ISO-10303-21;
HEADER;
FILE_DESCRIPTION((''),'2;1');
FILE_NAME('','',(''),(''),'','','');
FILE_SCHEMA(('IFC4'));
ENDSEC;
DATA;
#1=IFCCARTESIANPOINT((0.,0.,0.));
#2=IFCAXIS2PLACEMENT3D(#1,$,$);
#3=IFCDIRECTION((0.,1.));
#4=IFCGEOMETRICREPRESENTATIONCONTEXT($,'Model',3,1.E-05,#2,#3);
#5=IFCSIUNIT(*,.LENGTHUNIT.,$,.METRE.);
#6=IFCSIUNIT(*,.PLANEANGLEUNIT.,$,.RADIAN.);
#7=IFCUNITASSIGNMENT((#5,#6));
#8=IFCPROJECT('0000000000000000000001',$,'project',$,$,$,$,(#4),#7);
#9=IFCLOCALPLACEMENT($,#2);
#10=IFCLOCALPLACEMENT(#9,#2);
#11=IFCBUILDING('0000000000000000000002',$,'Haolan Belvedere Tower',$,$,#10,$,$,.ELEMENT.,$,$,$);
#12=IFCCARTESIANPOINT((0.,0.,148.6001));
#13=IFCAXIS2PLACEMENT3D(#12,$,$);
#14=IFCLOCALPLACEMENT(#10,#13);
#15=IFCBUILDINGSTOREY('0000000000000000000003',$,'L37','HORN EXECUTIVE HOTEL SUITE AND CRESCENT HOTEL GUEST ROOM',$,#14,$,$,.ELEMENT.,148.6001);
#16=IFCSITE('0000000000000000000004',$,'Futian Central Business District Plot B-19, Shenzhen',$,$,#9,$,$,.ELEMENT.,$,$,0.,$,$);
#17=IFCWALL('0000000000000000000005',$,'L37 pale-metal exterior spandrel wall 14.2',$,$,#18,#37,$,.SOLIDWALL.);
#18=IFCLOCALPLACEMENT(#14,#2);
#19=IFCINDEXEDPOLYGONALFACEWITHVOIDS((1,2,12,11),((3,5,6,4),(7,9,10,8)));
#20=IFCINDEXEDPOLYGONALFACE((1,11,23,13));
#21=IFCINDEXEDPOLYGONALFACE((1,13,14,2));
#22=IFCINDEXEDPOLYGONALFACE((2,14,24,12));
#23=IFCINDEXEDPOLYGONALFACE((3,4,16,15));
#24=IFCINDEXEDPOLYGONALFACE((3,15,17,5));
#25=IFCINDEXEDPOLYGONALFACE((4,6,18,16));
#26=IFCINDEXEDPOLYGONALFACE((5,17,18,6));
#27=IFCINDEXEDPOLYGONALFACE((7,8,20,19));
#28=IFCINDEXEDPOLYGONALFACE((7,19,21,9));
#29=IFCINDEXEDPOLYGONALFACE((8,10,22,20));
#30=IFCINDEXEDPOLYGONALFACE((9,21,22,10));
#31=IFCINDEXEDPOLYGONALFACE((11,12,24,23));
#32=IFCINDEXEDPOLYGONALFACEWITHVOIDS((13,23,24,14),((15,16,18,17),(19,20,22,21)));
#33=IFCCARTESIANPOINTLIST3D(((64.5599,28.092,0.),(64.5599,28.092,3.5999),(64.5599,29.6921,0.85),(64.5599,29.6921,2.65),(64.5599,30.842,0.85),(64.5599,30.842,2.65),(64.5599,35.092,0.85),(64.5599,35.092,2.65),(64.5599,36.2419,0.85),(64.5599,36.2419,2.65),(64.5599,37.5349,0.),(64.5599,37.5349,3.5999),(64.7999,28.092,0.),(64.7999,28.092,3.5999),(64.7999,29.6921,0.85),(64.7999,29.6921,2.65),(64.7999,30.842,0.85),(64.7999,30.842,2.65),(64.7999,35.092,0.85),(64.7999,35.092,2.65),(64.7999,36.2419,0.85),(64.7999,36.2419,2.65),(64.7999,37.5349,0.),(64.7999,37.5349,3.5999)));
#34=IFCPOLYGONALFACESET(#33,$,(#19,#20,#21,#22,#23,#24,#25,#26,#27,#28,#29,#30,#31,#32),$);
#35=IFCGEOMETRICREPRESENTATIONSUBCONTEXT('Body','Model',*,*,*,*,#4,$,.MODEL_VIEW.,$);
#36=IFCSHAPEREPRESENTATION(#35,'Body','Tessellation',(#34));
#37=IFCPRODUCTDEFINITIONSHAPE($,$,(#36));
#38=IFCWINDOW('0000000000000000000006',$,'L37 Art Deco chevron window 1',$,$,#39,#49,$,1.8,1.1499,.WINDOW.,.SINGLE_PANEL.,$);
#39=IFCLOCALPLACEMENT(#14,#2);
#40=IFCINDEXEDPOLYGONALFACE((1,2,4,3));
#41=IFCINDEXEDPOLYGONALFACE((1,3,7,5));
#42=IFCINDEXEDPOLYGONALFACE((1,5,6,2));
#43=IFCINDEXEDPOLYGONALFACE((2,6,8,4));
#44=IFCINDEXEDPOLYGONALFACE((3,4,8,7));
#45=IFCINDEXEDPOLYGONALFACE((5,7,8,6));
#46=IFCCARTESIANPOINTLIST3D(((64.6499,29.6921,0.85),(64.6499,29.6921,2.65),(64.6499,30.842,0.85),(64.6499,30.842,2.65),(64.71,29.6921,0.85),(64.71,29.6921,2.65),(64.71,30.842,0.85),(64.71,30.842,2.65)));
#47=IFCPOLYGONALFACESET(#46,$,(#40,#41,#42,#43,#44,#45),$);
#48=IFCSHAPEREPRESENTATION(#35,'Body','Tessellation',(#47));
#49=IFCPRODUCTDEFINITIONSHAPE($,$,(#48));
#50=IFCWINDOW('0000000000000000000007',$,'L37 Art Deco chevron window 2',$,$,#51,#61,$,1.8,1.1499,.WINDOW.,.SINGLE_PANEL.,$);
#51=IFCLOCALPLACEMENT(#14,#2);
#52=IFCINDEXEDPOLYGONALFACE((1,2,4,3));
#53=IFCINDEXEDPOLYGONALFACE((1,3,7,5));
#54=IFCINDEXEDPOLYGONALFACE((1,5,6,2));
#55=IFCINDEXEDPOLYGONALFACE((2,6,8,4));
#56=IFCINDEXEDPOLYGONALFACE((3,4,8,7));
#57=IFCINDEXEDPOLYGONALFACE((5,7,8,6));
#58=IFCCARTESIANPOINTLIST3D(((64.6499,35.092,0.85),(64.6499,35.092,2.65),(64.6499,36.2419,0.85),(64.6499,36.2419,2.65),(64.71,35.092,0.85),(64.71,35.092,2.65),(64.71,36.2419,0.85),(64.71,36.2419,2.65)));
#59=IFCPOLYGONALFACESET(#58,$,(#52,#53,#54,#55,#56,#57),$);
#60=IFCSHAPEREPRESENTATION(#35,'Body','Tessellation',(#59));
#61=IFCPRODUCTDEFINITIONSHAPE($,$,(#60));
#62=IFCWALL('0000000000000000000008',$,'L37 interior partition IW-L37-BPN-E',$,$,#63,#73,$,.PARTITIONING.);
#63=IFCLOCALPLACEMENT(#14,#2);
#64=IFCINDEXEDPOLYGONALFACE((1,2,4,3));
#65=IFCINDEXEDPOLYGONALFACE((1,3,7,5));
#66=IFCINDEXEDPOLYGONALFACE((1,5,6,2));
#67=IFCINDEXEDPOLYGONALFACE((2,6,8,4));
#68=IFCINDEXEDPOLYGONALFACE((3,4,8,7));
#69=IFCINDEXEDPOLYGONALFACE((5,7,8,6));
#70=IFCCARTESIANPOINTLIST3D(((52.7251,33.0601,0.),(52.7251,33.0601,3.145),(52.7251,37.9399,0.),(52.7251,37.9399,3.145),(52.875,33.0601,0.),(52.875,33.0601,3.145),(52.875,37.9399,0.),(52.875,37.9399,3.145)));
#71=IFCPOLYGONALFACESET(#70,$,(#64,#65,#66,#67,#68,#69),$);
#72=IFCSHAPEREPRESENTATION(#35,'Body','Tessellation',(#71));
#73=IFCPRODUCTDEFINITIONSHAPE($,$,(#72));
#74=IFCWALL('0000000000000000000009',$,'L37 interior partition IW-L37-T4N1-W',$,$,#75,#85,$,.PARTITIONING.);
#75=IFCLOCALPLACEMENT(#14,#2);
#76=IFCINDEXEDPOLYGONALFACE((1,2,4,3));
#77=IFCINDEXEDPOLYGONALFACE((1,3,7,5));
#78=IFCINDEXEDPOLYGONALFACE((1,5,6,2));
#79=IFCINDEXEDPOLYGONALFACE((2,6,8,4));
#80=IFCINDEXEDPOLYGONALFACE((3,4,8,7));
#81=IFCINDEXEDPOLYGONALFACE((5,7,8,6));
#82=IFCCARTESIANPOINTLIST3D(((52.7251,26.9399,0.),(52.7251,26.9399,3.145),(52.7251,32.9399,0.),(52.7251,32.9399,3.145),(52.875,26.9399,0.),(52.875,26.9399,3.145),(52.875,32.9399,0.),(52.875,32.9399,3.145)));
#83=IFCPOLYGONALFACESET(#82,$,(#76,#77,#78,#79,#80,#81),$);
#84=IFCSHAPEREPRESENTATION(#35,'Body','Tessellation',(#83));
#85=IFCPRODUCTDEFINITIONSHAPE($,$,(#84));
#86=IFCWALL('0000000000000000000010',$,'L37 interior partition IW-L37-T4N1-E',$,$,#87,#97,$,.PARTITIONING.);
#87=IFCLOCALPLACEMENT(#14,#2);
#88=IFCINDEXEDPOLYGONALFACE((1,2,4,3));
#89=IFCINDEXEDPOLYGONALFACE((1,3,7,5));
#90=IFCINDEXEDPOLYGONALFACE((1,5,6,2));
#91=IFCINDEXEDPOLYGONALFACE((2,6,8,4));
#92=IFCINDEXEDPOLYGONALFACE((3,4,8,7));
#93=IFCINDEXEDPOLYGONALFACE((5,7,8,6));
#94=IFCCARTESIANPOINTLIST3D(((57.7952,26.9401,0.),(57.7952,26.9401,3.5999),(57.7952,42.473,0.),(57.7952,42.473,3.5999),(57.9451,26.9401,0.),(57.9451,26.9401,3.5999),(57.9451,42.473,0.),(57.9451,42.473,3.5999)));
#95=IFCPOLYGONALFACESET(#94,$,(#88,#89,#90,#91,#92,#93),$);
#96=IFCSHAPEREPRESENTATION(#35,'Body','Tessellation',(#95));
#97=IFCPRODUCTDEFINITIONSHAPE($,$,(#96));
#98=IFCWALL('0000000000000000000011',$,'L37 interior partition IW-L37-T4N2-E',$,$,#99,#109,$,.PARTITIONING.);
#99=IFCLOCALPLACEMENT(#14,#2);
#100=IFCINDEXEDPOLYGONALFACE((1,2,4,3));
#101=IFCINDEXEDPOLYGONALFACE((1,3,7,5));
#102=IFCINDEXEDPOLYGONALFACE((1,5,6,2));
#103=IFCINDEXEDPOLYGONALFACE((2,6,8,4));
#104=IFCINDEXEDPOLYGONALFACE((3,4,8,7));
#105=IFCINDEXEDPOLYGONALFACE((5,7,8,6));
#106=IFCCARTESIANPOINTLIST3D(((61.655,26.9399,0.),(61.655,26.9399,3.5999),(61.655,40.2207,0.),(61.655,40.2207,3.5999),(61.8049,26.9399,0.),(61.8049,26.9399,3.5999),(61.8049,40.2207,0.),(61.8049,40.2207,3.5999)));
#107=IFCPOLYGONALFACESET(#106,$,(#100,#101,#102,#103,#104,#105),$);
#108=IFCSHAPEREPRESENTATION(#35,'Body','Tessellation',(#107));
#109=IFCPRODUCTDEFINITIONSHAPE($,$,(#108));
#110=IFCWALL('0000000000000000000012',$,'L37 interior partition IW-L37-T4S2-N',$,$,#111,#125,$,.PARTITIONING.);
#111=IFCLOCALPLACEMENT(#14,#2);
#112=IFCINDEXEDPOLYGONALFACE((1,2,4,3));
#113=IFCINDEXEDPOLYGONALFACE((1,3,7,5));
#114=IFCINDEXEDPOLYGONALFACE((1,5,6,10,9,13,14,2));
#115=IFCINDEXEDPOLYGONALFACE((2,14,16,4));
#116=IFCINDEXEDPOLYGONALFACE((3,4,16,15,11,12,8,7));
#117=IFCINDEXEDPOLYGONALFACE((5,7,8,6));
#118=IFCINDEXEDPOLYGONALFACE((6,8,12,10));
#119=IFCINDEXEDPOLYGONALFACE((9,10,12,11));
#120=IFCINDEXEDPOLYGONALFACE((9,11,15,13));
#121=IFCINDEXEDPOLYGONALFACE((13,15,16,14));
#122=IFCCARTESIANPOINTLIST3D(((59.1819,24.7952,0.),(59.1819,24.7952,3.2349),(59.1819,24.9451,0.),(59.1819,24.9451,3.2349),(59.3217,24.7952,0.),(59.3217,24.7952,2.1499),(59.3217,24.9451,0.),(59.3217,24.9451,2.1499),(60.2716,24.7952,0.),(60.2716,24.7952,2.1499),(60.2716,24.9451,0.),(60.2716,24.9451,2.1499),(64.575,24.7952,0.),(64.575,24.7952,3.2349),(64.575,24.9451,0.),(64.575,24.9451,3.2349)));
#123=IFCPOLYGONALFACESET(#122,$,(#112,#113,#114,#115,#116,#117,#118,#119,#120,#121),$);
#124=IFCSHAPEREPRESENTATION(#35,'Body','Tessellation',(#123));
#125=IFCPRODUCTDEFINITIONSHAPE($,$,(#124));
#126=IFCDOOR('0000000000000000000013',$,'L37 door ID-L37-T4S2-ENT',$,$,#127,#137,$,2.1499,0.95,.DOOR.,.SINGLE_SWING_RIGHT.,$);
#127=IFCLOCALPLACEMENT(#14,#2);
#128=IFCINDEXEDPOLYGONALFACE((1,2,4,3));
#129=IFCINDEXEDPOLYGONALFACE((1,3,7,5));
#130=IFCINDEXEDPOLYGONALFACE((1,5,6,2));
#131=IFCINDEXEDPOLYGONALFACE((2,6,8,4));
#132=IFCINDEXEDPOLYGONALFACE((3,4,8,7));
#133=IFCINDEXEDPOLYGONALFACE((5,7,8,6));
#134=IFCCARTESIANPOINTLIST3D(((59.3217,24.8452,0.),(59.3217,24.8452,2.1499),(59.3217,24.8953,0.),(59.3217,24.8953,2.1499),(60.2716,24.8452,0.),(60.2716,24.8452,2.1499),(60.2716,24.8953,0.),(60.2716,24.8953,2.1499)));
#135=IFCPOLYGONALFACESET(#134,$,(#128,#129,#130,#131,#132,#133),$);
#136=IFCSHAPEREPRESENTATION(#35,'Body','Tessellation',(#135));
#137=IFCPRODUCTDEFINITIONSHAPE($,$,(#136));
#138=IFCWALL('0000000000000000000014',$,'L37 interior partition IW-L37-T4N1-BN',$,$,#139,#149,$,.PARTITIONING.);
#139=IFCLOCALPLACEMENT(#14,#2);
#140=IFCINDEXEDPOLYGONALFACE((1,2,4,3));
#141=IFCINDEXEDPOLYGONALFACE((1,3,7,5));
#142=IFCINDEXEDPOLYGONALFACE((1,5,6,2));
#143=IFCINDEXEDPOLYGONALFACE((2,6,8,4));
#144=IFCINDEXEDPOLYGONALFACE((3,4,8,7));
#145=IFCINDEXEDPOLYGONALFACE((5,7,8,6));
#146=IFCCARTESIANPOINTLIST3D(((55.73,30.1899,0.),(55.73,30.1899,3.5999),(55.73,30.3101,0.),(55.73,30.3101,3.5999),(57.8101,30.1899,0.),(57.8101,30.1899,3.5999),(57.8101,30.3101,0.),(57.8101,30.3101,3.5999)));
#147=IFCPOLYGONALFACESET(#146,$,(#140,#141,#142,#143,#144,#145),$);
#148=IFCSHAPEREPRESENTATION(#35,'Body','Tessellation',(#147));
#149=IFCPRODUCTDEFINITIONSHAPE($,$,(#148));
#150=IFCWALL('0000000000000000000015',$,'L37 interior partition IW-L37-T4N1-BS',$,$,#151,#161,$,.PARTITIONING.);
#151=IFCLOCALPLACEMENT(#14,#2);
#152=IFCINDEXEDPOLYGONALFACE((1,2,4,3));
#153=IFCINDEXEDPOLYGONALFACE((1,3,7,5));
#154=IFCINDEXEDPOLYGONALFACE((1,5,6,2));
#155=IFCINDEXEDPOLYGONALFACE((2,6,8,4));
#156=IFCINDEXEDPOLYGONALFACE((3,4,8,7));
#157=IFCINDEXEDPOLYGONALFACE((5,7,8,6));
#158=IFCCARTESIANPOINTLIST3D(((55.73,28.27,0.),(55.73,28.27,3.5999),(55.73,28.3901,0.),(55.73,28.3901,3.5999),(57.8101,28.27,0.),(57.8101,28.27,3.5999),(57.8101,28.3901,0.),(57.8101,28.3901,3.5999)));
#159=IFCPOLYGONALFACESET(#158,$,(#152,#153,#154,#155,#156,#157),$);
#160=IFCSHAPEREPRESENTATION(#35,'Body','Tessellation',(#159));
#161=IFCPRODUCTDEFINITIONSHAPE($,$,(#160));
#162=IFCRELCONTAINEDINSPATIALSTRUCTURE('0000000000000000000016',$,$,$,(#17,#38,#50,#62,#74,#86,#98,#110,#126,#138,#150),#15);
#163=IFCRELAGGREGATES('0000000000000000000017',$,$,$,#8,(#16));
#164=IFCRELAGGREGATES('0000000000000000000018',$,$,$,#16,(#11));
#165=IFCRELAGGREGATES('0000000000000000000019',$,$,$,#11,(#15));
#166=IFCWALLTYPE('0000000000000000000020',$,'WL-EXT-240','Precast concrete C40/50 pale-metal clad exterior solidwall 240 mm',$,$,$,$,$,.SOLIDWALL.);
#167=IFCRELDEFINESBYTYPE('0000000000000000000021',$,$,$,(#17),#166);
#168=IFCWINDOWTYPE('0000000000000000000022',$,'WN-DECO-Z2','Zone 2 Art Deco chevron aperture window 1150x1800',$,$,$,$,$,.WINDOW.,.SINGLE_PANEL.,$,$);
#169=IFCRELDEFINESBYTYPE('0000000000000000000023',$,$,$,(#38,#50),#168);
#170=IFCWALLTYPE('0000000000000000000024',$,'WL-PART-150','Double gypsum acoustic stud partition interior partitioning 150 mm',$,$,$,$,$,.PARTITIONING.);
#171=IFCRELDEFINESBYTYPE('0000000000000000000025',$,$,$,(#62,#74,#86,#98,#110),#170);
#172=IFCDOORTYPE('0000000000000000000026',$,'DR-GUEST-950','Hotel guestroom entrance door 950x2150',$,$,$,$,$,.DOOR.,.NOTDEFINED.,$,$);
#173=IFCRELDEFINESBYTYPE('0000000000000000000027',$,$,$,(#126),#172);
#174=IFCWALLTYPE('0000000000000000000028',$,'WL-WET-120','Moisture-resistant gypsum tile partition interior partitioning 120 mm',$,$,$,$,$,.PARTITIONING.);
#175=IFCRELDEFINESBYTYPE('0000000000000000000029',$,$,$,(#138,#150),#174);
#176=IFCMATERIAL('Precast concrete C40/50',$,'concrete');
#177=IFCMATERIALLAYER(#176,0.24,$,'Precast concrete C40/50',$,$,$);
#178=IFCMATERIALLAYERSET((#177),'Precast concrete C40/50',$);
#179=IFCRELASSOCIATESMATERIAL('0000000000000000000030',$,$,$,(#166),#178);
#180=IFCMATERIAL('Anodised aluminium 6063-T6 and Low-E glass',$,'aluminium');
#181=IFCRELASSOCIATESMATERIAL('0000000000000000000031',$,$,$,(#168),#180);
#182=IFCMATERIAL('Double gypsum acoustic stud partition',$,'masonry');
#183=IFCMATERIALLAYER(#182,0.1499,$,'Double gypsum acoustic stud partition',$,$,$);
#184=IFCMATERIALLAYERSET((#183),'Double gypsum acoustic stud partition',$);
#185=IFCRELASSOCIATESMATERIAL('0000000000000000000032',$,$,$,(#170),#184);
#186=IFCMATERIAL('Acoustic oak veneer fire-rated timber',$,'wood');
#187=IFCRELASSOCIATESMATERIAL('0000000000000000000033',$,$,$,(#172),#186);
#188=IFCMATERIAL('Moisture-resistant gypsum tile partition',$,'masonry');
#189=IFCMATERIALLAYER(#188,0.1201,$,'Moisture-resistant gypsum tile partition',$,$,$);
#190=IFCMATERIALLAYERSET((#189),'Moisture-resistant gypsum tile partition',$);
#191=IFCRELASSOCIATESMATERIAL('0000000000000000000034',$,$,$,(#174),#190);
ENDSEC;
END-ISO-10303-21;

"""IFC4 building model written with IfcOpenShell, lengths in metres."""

from ifc_helpers import new_model, si_unit, direction, frame, frame_2d, origin, place, context, subcontext, project, spatial, rectangle, extrude, material, layer, layer_set, type_object, element, fill, save


model = new_model("IFC4")

# Units and contexts
model_context = context("Model", 3, precision=1e-05, world=origin(), true_north=direction((0.0, 1.0)))
body_context = subcontext(model_context, "Body", "Model", "MODEL_VIEW")
ifc_project = project(units=[si_unit("LENGTHUNIT", "METRE"), si_unit("PLANEANGLEUNIT", "RADIAN")], contexts=[model_context])

# Site, building, storey
site_placement = place(None, origin())
site = spatial("IfcSite", under=ifc_project, at=site_placement, Name="Futian Central Business District Plot B-19, Shenzhen", CompositionType="ELEMENT", RefElevation=0.0)
building_placement = place(site_placement, origin())
building = spatial("IfcBuilding", under=site, at=building_placement, Name="Haolan Belvedere Tower", CompositionType="ELEMENT")
storey_placement = place(building_placement, frame((0.0, 0.0, 148.6001)))
storey = spatial("IfcBuildingStorey", under=building, at=storey_placement, Name="L37", Description="HORN EXECUTIVE HOTEL SUITE AND CRESCENT HOTEL GUEST ROOM", CompositionType="ELEMENT", Elevation=148.6001)

# Wall, openings, windows
ifc_material_1 = material(Name="Precast concrete C40/50", Category="concrete")
ifc_layer_1 = layer(ifc_material_1, 0.24, Name="Precast concrete C40/50")
ifc_layer_set_1 = layer_set([ifc_layer_1], Name="Precast concrete C40/50")
wall_type_1 = type_object("IfcWallType", Name="WL-EXT-240", Description="Precast concrete C40/50 pale-metal clad exterior solidwall 240 mm", PredefinedType="SOLIDWALL", material=ifc_layer_set_1)
wall_1_placement = place(storey_placement, frame((64.6799, 28.092, 0.0), z_axis=(0.0, 0.0, 1.0), x_axis=(0.0, 1.0, 0.0)))
wall_1 = element("IfcWall", 1, at=wall_1_placement, inside=storey, type_object=wall_type_1, Name="L37 pale-metal exterior spandrel wall 14.2", PredefinedType="SOLIDWALL", context=body_context, shape_type="SweptSolid", body=[
    extrude(rectangle(XDim=9.4429, YDim=0.24, at=frame_2d((4.7214, 0.0))), origin(), (0.0, 0.0, 1.0), 3.5999),
])
opening_1_placement = place(wall_1_placement, frame((1.6001, 0.0, 0.8501)))
opening_1 = element("IfcOpeningElement", 2, at=opening_1_placement, cuts=wall_1, PredefinedType="OPENING", context=body_context, shape_type="SweptSolid", body=[
    extrude(rectangle(XDim=1.1499, YDim=1.8, at=frame_2d((0.575, 0.8999))), frame((0.0, 0.1299, 0.0), z_axis=(0.0, -1.0, 0.0), x_axis=(1.0, 0.0, 0.0)), (0.0, 0.0, 1.0), 0.26),
])
opening_2_placement = place(wall_1_placement, frame((7.0, 0.0, 0.8501)))
opening_2 = element("IfcOpeningElement", 3, at=opening_2_placement, cuts=wall_1, PredefinedType="OPENING", context=body_context, shape_type="SweptSolid", body=[
    extrude(rectangle(XDim=1.1499, YDim=1.8, at=frame_2d((0.575, 0.8999))), frame((0.0, 0.1299, 0.0), z_axis=(0.0, -1.0, 0.0), x_axis=(1.0, 0.0, 0.0)), (0.0, 0.0, 1.0), 0.26),
])
ifc_material_2 = material(Name="Anodised aluminium 6063-T6 and Low-E glass", Category="aluminium")
window_type = type_object("IfcWindowType", Name="WN-DECO-Z2", Description="Zone 2 Art Deco chevron aperture window 1150x1800", PartitioningType="SINGLE_PANEL", PredefinedType="WINDOW", material=ifc_material_2)
window_1_placement = place(opening_1_placement, origin())
window_1 = element("IfcWindow", 4, at=window_1_placement, inside=storey, type_object=window_type, Name="L37 Art Deco chevron window 1", OverallHeight=1.8, OverallWidth=1.1499, PartitioningType="SINGLE_PANEL", PredefinedType="WINDOW", context=body_context, shape_type="SweptSolid", body=[
    extrude(rectangle(XDim=1.1499, YDim=1.8, at=frame_2d((0.575, 0.8999))), frame((0.0, 0.03, 0.0), z_axis=(0.0, -1.0, 0.0), x_axis=(1.0, 0.0, 0.0)), (0.0, 0.0, 1.0), 0.0601),
])
fill(opening_1, window_1)
window_2_placement = place(opening_2_placement, origin())
window_2 = element("IfcWindow", 5, at=window_2_placement, inside=storey, type_object=window_type, Name="L37 Art Deco chevron window 2", OverallHeight=1.8, OverallWidth=1.1499, PartitioningType="SINGLE_PANEL", PredefinedType="WINDOW", context=body_context, shape_type="SweptSolid", body=[
    extrude(rectangle(XDim=1.1499, YDim=1.8, at=frame_2d((0.575, 0.8999))), frame((0.0, 0.03, 0.0), z_axis=(0.0, -1.0, 0.0), x_axis=(1.0, 0.0, 0.0)), (0.0, 0.0, 1.0), 0.0601),
])
fill(opening_2, window_2)

# Walls
ifc_material_3 = material(Name="Double gypsum acoustic stud partition", Category="masonry")
ifc_layer_2 = layer(ifc_material_3, 0.1499, Name="Double gypsum acoustic stud partition")
ifc_layer_set_2 = layer_set([ifc_layer_2], Name="Double gypsum acoustic stud partition")
wall_type_2 = type_object("IfcWallType", Name="WL-PART-150", Description="Double gypsum acoustic stud partition interior partitioning 150 mm", PredefinedType="PARTITIONING", material=ifc_layer_set_2)
wall_2_placement = place(storey_placement, frame((52.8, 33.0601, 0.0), z_axis=(0.0, 0.0, 1.0), x_axis=(0.0, 1.0, 0.0)))
element("IfcWall", 6, at=wall_2_placement, inside=storey, type_object=wall_type_2, Name="L37 interior partition IW-L37-BPN-E", PredefinedType="PARTITIONING", context=body_context, shape_type="SweptSolid", body=[
    extrude(rectangle(XDim=4.8799, YDim=0.1499, at=frame_2d((2.4399, 0.0))), origin(), (0.0, 0.0, 1.0), 3.145),
])
wall_3_placement = place(storey_placement, frame((52.8, 26.9399, 0.0), z_axis=(0.0, 0.0, 1.0), x_axis=(0.0, 1.0, 0.0)))
element("IfcWall", 7, at=wall_3_placement, inside=storey, type_object=wall_type_2, Name="L37 interior partition IW-L37-T4N1-W", PredefinedType="PARTITIONING", context=body_context, shape_type="SweptSolid", body=[
    extrude(rectangle(XDim=6.0, YDim=0.1499, at=frame_2d((3.0, 0.0))), origin(), (0.0, 0.0, 1.0), 3.145),
])
wall_4_placement = place(storey_placement, frame((57.8701, 26.9399, 0.0), z_axis=(0.0, 0.0, 1.0), x_axis=(0.0, 1.0, 0.0)))
element("IfcWall", 8, at=wall_4_placement, inside=storey, type_object=wall_type_2, Name="L37 interior partition IW-L37-T4N1-E", PredefinedType="PARTITIONING", context=body_context, shape_type="SweptSolid", body=[
    extrude(rectangle(XDim=15.533, YDim=0.1499, at=frame_2d((7.7666, 0.0))), origin(), (0.0, 0.0, 1.0), 3.5999),
])

# Shared definitions
ifc_material_4 = material(Name="Acoustic oak veneer fire-rated timber", Category="wood")
door_type_1 = type_object("IfcDoorType", Name="DR-GUEST-950", Description="Hotel guestroom entrance door 950x2150", OperationType="NOTDEFINED", PredefinedType="DOOR", material=ifc_material_4)

# Wall
wall_5_placement = place(storey_placement, frame((61.73, 26.9399, 0.0), z_axis=(0.0, 0.0, 1.0), x_axis=(0.0, 1.0, 0.0)))
element("IfcWall", 9, at=wall_5_placement, inside=storey, type_object=wall_type_2, Name="L37 interior partition IW-L37-T4N2-E", PredefinedType="PARTITIONING", context=body_context, shape_type="SweptSolid", body=[
    extrude(rectangle(XDim=13.2808, YDim=0.1499, at=frame_2d((6.6404, 0.0))), origin(), (0.0, 0.0, 1.0), 3.5999),
])

# Wall, opening, door
wall_6_placement = place(storey_placement, frame((59.1819, 24.8701, 0.0), z_axis=(0.0, 0.0, 1.0), x_axis=(1.0, 0.0, 0.0)))
wall_6 = element("IfcWall", 10, at=wall_6_placement, inside=storey, type_object=wall_type_2, Name="L37 interior partition IW-L37-T4S2-N", PredefinedType="PARTITIONING", context=body_context, shape_type="SweptSolid", body=[
    extrude(rectangle(XDim=5.3931, YDim=0.1499, at=frame_2d((2.6965, 0.0))), origin(), (0.0, 0.0, 1.0), 3.2349),
])
opening_3_placement = place(wall_6_placement, frame((1.0898, 0.0, 0.0), z_axis=(0.0, 0.0, 1.0), x_axis=(-1.0, 0.0, 0.0)))
opening_3 = element("IfcOpeningElement", 11, at=opening_3_placement, cuts=wall_6, PredefinedType="OPENING", context=body_context, shape_type="SweptSolid", body=[
    extrude(rectangle(XDim=0.95, YDim=2.1499, at=frame_2d((0.4751, 1.075))), frame((0.0, 0.085, 0.0), z_axis=(0.0, -1.0, 0.0), x_axis=(1.0, 0.0, 0.0)), (0.0, 0.0, 1.0), 0.1699),
])
door_1_placement = place(opening_3_placement, origin())
door_1 = element("IfcDoor", 12, at=door_1_placement, inside=storey, type_object=door_type_1, Name="L37 door ID-L37-T4S2-ENT", OperationType="SINGLE_SWING_RIGHT", OverallHeight=2.1499, OverallWidth=0.95, PredefinedType="DOOR", context=body_context, shape_type="SweptSolid", body=[
    extrude(rectangle(XDim=0.95, YDim=2.1499, at=frame_2d((0.4751, 1.075))), frame((0.0, 0.0249, 0.0), z_axis=(0.0, -1.0, 0.0), x_axis=(1.0, 0.0, 0.0)), (0.0, 0.0, 1.0), 0.05),
])
fill(opening_3, door_1)

# Walls
ifc_material_5 = material(Name="Moisture-resistant gypsum tile partition", Category="masonry")
ifc_layer_3 = layer(ifc_material_5, 0.1201, Name="Moisture-resistant gypsum tile partition")
ifc_layer_set_3 = layer_set([ifc_layer_3], Name="Moisture-resistant gypsum tile partition")
wall_type_3 = type_object("IfcWallType", Name="WL-WET-120", Description="Moisture-resistant gypsum tile partition interior partitioning 120 mm", PredefinedType="PARTITIONING", material=ifc_layer_set_3)
for number, where, z_axis, x_axis, name in (
    (13, (55.73, 30.25, 0.0), (0.0, 0.0, 1.0), (1.0, 0.0, 0.0), "L37 interior partition IW-L37-T4N1-BN"),
    (14, (55.73, 28.3301, 0.0), (0.0, 0.0, 1.0), (1.0, 0.0, 0.0), "L37 interior partition IW-L37-T4N1-BS"),
):
    element("IfcWall", number, at=place(storey_placement, frame(where, z_axis=z_axis, x_axis=x_axis)), inside=storey, type_object=wall_type_3, Name=name, PredefinedType="PARTITIONING", context=body_context, shape_type="SweptSolid", body=[
        extrude(rectangle(XDim=2.0801, YDim=0.1201, at=frame_2d((1.04, 0.0))), origin(), (0.0, 0.0, 1.0), 3.5999),
    ])

save(model, "model.ifc")
